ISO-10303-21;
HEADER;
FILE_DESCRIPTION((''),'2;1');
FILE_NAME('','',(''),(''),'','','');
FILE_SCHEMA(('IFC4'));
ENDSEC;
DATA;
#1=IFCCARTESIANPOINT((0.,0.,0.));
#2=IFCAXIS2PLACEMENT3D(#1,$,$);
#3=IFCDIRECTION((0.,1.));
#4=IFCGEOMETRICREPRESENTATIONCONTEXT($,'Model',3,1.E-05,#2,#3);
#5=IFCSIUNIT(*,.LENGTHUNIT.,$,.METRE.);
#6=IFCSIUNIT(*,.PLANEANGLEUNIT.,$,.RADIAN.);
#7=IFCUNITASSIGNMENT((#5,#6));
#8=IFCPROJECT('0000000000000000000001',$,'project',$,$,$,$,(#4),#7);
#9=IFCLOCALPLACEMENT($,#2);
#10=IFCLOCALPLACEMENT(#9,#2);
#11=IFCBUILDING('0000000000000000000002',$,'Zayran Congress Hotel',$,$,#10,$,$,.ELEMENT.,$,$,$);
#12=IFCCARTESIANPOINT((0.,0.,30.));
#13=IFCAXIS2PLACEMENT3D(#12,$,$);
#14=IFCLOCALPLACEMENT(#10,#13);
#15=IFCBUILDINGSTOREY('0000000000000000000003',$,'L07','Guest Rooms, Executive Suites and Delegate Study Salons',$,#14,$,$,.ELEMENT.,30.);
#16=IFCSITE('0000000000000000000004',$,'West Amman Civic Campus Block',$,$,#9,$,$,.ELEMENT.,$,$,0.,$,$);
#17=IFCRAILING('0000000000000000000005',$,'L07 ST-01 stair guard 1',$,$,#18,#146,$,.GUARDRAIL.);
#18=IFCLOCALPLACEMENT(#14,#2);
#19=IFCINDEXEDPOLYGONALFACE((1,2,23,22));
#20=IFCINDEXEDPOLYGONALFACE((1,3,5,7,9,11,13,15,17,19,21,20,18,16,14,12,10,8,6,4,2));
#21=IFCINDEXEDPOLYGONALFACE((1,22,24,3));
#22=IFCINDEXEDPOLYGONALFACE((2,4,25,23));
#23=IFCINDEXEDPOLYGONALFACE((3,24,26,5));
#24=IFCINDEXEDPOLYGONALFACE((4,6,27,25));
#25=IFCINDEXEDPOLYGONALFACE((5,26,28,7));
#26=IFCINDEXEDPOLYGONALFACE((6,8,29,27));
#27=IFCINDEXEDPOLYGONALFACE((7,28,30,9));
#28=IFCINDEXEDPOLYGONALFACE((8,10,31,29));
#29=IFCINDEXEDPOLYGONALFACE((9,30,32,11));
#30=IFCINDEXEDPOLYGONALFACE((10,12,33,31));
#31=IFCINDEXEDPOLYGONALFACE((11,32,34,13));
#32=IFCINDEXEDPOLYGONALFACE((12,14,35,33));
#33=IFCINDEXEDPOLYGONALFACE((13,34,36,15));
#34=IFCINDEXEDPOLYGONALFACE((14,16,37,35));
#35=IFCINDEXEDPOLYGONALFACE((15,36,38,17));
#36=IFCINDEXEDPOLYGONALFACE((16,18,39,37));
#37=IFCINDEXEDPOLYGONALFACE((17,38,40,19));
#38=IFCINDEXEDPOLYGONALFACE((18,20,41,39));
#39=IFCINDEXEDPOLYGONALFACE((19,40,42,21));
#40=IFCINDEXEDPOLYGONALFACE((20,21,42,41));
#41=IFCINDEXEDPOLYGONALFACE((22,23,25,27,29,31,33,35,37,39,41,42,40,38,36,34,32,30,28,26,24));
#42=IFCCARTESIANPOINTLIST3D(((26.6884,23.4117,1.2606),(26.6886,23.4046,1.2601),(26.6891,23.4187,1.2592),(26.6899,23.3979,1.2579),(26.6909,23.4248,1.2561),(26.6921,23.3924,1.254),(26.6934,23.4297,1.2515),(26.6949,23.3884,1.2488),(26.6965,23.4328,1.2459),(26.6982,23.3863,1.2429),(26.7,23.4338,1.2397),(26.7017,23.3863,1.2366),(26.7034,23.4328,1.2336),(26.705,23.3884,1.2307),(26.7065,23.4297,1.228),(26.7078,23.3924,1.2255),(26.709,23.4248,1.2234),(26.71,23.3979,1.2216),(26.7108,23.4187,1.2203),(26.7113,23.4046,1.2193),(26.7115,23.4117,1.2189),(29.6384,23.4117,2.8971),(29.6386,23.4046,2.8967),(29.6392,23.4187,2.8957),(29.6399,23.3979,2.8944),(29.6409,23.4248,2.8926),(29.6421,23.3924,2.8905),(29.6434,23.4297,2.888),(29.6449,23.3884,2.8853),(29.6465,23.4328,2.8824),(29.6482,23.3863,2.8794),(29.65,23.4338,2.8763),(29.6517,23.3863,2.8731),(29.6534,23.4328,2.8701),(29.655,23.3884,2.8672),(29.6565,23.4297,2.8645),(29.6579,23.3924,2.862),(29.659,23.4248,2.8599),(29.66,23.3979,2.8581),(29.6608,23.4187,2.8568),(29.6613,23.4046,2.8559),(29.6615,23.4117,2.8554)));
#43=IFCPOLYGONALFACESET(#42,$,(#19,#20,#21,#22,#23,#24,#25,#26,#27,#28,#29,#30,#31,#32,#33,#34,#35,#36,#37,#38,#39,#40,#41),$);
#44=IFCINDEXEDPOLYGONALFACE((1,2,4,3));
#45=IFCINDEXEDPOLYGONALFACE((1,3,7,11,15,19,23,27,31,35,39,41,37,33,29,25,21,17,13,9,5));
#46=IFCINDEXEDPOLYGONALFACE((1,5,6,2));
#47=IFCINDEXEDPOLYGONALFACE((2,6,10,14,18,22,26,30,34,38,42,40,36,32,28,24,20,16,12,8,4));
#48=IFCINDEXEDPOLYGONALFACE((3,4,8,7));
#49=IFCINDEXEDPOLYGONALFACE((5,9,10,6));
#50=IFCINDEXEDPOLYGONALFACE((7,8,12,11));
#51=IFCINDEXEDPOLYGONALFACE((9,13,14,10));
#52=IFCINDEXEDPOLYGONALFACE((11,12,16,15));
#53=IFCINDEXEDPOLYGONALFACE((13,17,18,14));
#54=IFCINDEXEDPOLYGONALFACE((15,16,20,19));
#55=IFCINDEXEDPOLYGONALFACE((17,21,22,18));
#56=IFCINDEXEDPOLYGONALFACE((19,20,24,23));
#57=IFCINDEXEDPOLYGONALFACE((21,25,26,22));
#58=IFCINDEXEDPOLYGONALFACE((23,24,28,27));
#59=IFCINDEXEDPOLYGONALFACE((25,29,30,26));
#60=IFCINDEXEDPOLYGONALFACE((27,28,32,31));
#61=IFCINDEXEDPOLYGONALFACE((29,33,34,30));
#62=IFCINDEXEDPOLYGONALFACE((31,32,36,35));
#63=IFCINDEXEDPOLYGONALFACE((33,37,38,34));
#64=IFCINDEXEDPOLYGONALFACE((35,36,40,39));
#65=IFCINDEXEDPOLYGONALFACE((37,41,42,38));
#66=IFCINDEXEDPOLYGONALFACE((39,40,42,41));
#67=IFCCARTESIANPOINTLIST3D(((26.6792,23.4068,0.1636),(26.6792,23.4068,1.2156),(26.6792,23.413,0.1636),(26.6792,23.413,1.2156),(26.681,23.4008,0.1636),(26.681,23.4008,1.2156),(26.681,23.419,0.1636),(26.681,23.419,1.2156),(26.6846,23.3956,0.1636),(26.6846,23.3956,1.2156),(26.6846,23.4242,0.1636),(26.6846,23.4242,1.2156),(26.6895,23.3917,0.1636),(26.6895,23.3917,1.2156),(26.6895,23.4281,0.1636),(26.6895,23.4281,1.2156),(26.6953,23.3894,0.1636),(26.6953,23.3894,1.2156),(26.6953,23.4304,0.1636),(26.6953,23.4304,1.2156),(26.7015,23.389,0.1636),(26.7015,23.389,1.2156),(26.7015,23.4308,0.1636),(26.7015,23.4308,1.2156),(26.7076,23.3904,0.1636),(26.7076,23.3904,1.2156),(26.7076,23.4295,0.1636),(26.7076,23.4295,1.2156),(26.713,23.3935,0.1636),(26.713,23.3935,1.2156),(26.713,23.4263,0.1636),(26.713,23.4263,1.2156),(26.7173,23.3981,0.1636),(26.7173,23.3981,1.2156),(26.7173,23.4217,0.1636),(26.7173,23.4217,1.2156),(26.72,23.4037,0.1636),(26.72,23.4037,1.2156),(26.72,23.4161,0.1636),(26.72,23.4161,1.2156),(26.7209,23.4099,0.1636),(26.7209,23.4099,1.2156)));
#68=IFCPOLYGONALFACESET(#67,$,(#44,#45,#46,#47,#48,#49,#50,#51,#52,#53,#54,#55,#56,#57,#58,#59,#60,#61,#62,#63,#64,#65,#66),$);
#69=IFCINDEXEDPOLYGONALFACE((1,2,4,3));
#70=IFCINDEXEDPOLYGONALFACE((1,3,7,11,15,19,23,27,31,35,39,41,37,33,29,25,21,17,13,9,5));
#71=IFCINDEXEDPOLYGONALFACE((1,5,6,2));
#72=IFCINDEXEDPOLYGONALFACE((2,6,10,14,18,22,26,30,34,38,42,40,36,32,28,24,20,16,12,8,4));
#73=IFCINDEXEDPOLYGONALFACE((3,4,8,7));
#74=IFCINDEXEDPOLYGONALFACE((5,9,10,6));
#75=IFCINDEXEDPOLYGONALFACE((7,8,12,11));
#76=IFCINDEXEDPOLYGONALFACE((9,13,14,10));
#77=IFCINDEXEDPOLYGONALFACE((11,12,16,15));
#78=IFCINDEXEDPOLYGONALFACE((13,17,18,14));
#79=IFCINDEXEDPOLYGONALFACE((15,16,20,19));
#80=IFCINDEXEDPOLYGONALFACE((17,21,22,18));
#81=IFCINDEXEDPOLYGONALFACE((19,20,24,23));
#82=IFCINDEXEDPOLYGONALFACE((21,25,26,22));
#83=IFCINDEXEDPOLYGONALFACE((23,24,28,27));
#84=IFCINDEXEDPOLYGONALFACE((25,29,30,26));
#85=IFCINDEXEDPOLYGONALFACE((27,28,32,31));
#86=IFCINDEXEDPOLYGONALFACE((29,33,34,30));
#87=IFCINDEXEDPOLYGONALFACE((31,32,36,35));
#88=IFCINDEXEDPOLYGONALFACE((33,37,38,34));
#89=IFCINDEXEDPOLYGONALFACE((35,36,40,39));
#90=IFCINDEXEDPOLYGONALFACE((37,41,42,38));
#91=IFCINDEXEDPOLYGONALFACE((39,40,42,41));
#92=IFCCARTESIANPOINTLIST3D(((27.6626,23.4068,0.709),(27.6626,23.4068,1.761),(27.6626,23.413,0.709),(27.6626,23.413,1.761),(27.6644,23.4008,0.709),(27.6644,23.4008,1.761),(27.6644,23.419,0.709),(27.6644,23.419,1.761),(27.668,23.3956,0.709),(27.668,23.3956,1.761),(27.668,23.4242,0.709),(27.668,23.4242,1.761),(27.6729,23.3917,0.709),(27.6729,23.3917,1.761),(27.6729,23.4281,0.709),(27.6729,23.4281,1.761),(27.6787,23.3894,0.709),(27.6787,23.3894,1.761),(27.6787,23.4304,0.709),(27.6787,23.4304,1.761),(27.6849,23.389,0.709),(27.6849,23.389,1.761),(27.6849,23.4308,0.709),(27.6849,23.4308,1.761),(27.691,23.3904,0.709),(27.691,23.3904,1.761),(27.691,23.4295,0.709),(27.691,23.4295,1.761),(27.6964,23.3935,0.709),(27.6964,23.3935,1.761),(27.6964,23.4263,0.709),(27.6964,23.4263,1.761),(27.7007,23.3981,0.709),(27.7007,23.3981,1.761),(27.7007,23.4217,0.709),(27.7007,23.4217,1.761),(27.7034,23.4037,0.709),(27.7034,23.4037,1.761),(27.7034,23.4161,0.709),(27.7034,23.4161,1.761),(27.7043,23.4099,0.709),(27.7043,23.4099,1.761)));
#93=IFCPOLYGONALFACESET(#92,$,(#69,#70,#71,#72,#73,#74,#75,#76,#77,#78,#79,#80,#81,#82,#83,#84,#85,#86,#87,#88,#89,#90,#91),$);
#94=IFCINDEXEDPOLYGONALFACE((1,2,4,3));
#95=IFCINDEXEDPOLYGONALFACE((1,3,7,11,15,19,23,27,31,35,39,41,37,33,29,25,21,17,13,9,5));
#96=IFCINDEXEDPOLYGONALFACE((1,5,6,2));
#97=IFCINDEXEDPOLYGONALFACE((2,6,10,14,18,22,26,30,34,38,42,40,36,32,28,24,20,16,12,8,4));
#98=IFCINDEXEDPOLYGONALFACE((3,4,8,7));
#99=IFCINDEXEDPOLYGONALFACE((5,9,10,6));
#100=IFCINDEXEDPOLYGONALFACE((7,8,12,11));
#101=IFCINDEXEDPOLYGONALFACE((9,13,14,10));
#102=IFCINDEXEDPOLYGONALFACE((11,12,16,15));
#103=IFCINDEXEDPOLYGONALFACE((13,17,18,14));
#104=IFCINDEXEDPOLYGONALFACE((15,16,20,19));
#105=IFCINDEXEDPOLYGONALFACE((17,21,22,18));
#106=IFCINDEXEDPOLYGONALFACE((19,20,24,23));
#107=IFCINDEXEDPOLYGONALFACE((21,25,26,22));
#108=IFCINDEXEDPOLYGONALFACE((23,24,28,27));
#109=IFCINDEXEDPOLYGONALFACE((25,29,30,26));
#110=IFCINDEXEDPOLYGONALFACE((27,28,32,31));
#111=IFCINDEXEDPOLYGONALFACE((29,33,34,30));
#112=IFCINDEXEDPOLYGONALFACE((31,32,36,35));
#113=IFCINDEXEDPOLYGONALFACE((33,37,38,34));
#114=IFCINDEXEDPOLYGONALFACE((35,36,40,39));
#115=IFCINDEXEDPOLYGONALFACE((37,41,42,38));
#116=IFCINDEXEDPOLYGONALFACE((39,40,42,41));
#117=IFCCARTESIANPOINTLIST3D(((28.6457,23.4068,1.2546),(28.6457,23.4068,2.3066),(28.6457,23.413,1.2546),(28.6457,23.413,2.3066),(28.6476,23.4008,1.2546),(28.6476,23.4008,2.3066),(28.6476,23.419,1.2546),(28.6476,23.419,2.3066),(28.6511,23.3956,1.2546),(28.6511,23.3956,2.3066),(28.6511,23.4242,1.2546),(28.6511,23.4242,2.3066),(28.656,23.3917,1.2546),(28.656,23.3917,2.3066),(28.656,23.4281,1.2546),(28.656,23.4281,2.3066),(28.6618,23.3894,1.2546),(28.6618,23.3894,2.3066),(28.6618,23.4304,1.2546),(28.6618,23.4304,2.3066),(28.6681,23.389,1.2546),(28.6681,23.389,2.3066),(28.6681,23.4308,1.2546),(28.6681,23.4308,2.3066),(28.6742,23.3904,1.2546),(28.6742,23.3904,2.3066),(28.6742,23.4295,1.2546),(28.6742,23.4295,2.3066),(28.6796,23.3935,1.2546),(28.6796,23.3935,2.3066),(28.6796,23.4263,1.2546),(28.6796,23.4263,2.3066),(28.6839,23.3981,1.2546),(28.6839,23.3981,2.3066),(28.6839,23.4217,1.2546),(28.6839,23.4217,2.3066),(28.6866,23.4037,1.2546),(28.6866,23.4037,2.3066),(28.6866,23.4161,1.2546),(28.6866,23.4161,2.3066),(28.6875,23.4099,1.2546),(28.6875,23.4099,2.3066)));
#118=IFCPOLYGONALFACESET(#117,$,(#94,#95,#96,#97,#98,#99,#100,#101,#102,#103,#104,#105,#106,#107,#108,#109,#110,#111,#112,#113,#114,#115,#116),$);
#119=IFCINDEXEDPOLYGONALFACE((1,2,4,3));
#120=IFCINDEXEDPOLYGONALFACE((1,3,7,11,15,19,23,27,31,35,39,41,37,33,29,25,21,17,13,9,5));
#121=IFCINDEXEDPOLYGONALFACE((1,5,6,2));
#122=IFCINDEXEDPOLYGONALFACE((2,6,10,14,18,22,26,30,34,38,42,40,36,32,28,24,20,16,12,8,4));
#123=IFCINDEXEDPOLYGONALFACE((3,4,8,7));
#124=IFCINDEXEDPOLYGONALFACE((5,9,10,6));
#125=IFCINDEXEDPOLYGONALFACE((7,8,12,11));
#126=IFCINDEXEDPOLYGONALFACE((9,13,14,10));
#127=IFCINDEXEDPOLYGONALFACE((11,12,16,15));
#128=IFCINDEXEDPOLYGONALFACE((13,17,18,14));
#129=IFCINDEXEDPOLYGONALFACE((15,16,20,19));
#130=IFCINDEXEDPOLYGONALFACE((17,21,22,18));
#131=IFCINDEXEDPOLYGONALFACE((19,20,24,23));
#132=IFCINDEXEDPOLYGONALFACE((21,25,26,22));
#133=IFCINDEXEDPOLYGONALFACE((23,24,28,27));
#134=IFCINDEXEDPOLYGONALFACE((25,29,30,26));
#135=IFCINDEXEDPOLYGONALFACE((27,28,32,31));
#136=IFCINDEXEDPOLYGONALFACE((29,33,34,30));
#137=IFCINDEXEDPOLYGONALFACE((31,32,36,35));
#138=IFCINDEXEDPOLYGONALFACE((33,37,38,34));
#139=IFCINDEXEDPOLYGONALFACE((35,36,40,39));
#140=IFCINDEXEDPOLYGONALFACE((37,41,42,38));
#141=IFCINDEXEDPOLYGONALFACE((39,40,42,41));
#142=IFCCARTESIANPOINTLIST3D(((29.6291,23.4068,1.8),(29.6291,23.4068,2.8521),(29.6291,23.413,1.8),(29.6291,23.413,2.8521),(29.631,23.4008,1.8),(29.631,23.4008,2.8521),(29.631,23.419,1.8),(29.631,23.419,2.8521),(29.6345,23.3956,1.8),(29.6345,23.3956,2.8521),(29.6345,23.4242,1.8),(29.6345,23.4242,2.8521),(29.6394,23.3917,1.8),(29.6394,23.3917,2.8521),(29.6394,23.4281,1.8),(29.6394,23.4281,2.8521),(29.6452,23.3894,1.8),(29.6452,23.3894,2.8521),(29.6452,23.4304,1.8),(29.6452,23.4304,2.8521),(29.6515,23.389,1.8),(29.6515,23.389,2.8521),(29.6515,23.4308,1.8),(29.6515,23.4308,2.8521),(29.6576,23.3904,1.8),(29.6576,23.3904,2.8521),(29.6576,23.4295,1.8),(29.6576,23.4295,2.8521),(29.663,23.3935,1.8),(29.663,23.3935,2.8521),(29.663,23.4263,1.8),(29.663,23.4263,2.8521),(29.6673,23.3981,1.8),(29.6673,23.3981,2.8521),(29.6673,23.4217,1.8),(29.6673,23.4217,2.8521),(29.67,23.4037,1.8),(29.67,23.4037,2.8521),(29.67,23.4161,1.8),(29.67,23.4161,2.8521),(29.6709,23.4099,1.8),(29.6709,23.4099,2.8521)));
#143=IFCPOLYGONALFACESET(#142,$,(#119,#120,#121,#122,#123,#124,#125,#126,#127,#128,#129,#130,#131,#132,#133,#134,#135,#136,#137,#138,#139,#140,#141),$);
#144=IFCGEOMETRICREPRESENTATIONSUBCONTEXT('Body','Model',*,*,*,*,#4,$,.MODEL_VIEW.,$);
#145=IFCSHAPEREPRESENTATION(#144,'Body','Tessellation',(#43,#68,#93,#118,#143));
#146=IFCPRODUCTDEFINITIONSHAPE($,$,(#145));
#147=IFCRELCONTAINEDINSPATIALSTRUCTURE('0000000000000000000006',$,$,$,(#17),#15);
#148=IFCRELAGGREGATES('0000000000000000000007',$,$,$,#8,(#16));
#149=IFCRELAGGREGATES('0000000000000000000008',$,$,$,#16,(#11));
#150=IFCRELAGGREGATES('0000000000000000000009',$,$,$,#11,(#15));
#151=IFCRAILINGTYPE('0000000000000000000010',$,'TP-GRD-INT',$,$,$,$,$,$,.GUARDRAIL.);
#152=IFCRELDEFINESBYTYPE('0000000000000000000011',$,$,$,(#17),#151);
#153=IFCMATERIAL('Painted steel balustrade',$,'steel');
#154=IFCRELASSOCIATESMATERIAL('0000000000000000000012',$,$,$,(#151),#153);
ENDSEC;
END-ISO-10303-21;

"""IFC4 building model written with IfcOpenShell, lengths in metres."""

from ifc_helpers import new_model, si_unit, direction, frame, origin, origin_2d, place, context, subcontext, project, spatial, circle, extrude, material, type_object, element, save


model = new_model("IFC4")

# Units and contexts
model_context = context("Model", 3, precision=1e-05, world=origin(), true_north=direction((0.0, 1.0)))
body_context = subcontext(model_context, "Body", "Model", "MODEL_VIEW")
ifc_project = project(units=[si_unit("LENGTHUNIT", "METRE"), si_unit("PLANEANGLEUNIT", "RADIAN")], contexts=[model_context])

# Site, building, storey
site_placement = place(None, origin())
site = spatial("IfcSite", under=ifc_project, at=site_placement, Name="West Amman Civic Campus Block", CompositionType="ELEMENT", RefElevation=0.0)
building_placement = place(site_placement, origin())
building = spatial("IfcBuilding", under=site, at=building_placement, Name="Zayran Congress Hotel", CompositionType="ELEMENT")
storey_placement = place(building_placement, frame((0.0, 0.0, 30.0)))
storey = spatial("IfcBuildingStorey", under=building, at=storey_placement, Name="L07", Description="Guest Rooms, Executive Suites and Delegate Study Salons", CompositionType="ELEMENT", Elevation=30.0)

# Railing
ifc_material_1 = material(Name="Painted steel balustrade", Category="steel")
railing_type_1 = type_object("IfcRailingType", Name="TP-GRD-INT", PredefinedType="GUARDRAIL", material=ifc_material_1)
railing_1_placement = place(storey_placement, frame((26.7, 23.4099, 0.1636)))
element("IfcRailing", 1, at=railing_1_placement, inside=storey, type_object=railing_type_1, Name="L07 ST-01 stair guard 1", PredefinedType="GUARDRAIL", context=body_context, shape_type="SweptSolid", body=[
    extrude(circle(Radius=0.0239, at=origin_2d()), frame((0.0, 0.0, 1.0762), z_axis=(0.874458, 0.0, 0.485102), x_axis=(0.0, 1.0, 0.0)), (0.0, 0.0, 1.0), 3.3735),
    extrude(circle(Radius=0.021, at=origin_2d()), origin(), (0.0, 0.0, 1.0), 1.052),
    extrude(circle(Radius=0.021, at=origin_2d()), frame((0.9834, 0.0, 0.5454)), (0.0, 0.0, 1.0), 1.052),
    extrude(circle(Radius=0.021, at=origin_2d()), frame((1.9666, 0.0, 1.0911)), (0.0, 0.0, 1.0), 1.052),
    extrude(circle(Radius=0.021, at=origin_2d()), frame((2.95, 0.0, 1.6365)), (0.0, 0.0, 1.0), 1.052),
])

save(model, "model.ifc")
